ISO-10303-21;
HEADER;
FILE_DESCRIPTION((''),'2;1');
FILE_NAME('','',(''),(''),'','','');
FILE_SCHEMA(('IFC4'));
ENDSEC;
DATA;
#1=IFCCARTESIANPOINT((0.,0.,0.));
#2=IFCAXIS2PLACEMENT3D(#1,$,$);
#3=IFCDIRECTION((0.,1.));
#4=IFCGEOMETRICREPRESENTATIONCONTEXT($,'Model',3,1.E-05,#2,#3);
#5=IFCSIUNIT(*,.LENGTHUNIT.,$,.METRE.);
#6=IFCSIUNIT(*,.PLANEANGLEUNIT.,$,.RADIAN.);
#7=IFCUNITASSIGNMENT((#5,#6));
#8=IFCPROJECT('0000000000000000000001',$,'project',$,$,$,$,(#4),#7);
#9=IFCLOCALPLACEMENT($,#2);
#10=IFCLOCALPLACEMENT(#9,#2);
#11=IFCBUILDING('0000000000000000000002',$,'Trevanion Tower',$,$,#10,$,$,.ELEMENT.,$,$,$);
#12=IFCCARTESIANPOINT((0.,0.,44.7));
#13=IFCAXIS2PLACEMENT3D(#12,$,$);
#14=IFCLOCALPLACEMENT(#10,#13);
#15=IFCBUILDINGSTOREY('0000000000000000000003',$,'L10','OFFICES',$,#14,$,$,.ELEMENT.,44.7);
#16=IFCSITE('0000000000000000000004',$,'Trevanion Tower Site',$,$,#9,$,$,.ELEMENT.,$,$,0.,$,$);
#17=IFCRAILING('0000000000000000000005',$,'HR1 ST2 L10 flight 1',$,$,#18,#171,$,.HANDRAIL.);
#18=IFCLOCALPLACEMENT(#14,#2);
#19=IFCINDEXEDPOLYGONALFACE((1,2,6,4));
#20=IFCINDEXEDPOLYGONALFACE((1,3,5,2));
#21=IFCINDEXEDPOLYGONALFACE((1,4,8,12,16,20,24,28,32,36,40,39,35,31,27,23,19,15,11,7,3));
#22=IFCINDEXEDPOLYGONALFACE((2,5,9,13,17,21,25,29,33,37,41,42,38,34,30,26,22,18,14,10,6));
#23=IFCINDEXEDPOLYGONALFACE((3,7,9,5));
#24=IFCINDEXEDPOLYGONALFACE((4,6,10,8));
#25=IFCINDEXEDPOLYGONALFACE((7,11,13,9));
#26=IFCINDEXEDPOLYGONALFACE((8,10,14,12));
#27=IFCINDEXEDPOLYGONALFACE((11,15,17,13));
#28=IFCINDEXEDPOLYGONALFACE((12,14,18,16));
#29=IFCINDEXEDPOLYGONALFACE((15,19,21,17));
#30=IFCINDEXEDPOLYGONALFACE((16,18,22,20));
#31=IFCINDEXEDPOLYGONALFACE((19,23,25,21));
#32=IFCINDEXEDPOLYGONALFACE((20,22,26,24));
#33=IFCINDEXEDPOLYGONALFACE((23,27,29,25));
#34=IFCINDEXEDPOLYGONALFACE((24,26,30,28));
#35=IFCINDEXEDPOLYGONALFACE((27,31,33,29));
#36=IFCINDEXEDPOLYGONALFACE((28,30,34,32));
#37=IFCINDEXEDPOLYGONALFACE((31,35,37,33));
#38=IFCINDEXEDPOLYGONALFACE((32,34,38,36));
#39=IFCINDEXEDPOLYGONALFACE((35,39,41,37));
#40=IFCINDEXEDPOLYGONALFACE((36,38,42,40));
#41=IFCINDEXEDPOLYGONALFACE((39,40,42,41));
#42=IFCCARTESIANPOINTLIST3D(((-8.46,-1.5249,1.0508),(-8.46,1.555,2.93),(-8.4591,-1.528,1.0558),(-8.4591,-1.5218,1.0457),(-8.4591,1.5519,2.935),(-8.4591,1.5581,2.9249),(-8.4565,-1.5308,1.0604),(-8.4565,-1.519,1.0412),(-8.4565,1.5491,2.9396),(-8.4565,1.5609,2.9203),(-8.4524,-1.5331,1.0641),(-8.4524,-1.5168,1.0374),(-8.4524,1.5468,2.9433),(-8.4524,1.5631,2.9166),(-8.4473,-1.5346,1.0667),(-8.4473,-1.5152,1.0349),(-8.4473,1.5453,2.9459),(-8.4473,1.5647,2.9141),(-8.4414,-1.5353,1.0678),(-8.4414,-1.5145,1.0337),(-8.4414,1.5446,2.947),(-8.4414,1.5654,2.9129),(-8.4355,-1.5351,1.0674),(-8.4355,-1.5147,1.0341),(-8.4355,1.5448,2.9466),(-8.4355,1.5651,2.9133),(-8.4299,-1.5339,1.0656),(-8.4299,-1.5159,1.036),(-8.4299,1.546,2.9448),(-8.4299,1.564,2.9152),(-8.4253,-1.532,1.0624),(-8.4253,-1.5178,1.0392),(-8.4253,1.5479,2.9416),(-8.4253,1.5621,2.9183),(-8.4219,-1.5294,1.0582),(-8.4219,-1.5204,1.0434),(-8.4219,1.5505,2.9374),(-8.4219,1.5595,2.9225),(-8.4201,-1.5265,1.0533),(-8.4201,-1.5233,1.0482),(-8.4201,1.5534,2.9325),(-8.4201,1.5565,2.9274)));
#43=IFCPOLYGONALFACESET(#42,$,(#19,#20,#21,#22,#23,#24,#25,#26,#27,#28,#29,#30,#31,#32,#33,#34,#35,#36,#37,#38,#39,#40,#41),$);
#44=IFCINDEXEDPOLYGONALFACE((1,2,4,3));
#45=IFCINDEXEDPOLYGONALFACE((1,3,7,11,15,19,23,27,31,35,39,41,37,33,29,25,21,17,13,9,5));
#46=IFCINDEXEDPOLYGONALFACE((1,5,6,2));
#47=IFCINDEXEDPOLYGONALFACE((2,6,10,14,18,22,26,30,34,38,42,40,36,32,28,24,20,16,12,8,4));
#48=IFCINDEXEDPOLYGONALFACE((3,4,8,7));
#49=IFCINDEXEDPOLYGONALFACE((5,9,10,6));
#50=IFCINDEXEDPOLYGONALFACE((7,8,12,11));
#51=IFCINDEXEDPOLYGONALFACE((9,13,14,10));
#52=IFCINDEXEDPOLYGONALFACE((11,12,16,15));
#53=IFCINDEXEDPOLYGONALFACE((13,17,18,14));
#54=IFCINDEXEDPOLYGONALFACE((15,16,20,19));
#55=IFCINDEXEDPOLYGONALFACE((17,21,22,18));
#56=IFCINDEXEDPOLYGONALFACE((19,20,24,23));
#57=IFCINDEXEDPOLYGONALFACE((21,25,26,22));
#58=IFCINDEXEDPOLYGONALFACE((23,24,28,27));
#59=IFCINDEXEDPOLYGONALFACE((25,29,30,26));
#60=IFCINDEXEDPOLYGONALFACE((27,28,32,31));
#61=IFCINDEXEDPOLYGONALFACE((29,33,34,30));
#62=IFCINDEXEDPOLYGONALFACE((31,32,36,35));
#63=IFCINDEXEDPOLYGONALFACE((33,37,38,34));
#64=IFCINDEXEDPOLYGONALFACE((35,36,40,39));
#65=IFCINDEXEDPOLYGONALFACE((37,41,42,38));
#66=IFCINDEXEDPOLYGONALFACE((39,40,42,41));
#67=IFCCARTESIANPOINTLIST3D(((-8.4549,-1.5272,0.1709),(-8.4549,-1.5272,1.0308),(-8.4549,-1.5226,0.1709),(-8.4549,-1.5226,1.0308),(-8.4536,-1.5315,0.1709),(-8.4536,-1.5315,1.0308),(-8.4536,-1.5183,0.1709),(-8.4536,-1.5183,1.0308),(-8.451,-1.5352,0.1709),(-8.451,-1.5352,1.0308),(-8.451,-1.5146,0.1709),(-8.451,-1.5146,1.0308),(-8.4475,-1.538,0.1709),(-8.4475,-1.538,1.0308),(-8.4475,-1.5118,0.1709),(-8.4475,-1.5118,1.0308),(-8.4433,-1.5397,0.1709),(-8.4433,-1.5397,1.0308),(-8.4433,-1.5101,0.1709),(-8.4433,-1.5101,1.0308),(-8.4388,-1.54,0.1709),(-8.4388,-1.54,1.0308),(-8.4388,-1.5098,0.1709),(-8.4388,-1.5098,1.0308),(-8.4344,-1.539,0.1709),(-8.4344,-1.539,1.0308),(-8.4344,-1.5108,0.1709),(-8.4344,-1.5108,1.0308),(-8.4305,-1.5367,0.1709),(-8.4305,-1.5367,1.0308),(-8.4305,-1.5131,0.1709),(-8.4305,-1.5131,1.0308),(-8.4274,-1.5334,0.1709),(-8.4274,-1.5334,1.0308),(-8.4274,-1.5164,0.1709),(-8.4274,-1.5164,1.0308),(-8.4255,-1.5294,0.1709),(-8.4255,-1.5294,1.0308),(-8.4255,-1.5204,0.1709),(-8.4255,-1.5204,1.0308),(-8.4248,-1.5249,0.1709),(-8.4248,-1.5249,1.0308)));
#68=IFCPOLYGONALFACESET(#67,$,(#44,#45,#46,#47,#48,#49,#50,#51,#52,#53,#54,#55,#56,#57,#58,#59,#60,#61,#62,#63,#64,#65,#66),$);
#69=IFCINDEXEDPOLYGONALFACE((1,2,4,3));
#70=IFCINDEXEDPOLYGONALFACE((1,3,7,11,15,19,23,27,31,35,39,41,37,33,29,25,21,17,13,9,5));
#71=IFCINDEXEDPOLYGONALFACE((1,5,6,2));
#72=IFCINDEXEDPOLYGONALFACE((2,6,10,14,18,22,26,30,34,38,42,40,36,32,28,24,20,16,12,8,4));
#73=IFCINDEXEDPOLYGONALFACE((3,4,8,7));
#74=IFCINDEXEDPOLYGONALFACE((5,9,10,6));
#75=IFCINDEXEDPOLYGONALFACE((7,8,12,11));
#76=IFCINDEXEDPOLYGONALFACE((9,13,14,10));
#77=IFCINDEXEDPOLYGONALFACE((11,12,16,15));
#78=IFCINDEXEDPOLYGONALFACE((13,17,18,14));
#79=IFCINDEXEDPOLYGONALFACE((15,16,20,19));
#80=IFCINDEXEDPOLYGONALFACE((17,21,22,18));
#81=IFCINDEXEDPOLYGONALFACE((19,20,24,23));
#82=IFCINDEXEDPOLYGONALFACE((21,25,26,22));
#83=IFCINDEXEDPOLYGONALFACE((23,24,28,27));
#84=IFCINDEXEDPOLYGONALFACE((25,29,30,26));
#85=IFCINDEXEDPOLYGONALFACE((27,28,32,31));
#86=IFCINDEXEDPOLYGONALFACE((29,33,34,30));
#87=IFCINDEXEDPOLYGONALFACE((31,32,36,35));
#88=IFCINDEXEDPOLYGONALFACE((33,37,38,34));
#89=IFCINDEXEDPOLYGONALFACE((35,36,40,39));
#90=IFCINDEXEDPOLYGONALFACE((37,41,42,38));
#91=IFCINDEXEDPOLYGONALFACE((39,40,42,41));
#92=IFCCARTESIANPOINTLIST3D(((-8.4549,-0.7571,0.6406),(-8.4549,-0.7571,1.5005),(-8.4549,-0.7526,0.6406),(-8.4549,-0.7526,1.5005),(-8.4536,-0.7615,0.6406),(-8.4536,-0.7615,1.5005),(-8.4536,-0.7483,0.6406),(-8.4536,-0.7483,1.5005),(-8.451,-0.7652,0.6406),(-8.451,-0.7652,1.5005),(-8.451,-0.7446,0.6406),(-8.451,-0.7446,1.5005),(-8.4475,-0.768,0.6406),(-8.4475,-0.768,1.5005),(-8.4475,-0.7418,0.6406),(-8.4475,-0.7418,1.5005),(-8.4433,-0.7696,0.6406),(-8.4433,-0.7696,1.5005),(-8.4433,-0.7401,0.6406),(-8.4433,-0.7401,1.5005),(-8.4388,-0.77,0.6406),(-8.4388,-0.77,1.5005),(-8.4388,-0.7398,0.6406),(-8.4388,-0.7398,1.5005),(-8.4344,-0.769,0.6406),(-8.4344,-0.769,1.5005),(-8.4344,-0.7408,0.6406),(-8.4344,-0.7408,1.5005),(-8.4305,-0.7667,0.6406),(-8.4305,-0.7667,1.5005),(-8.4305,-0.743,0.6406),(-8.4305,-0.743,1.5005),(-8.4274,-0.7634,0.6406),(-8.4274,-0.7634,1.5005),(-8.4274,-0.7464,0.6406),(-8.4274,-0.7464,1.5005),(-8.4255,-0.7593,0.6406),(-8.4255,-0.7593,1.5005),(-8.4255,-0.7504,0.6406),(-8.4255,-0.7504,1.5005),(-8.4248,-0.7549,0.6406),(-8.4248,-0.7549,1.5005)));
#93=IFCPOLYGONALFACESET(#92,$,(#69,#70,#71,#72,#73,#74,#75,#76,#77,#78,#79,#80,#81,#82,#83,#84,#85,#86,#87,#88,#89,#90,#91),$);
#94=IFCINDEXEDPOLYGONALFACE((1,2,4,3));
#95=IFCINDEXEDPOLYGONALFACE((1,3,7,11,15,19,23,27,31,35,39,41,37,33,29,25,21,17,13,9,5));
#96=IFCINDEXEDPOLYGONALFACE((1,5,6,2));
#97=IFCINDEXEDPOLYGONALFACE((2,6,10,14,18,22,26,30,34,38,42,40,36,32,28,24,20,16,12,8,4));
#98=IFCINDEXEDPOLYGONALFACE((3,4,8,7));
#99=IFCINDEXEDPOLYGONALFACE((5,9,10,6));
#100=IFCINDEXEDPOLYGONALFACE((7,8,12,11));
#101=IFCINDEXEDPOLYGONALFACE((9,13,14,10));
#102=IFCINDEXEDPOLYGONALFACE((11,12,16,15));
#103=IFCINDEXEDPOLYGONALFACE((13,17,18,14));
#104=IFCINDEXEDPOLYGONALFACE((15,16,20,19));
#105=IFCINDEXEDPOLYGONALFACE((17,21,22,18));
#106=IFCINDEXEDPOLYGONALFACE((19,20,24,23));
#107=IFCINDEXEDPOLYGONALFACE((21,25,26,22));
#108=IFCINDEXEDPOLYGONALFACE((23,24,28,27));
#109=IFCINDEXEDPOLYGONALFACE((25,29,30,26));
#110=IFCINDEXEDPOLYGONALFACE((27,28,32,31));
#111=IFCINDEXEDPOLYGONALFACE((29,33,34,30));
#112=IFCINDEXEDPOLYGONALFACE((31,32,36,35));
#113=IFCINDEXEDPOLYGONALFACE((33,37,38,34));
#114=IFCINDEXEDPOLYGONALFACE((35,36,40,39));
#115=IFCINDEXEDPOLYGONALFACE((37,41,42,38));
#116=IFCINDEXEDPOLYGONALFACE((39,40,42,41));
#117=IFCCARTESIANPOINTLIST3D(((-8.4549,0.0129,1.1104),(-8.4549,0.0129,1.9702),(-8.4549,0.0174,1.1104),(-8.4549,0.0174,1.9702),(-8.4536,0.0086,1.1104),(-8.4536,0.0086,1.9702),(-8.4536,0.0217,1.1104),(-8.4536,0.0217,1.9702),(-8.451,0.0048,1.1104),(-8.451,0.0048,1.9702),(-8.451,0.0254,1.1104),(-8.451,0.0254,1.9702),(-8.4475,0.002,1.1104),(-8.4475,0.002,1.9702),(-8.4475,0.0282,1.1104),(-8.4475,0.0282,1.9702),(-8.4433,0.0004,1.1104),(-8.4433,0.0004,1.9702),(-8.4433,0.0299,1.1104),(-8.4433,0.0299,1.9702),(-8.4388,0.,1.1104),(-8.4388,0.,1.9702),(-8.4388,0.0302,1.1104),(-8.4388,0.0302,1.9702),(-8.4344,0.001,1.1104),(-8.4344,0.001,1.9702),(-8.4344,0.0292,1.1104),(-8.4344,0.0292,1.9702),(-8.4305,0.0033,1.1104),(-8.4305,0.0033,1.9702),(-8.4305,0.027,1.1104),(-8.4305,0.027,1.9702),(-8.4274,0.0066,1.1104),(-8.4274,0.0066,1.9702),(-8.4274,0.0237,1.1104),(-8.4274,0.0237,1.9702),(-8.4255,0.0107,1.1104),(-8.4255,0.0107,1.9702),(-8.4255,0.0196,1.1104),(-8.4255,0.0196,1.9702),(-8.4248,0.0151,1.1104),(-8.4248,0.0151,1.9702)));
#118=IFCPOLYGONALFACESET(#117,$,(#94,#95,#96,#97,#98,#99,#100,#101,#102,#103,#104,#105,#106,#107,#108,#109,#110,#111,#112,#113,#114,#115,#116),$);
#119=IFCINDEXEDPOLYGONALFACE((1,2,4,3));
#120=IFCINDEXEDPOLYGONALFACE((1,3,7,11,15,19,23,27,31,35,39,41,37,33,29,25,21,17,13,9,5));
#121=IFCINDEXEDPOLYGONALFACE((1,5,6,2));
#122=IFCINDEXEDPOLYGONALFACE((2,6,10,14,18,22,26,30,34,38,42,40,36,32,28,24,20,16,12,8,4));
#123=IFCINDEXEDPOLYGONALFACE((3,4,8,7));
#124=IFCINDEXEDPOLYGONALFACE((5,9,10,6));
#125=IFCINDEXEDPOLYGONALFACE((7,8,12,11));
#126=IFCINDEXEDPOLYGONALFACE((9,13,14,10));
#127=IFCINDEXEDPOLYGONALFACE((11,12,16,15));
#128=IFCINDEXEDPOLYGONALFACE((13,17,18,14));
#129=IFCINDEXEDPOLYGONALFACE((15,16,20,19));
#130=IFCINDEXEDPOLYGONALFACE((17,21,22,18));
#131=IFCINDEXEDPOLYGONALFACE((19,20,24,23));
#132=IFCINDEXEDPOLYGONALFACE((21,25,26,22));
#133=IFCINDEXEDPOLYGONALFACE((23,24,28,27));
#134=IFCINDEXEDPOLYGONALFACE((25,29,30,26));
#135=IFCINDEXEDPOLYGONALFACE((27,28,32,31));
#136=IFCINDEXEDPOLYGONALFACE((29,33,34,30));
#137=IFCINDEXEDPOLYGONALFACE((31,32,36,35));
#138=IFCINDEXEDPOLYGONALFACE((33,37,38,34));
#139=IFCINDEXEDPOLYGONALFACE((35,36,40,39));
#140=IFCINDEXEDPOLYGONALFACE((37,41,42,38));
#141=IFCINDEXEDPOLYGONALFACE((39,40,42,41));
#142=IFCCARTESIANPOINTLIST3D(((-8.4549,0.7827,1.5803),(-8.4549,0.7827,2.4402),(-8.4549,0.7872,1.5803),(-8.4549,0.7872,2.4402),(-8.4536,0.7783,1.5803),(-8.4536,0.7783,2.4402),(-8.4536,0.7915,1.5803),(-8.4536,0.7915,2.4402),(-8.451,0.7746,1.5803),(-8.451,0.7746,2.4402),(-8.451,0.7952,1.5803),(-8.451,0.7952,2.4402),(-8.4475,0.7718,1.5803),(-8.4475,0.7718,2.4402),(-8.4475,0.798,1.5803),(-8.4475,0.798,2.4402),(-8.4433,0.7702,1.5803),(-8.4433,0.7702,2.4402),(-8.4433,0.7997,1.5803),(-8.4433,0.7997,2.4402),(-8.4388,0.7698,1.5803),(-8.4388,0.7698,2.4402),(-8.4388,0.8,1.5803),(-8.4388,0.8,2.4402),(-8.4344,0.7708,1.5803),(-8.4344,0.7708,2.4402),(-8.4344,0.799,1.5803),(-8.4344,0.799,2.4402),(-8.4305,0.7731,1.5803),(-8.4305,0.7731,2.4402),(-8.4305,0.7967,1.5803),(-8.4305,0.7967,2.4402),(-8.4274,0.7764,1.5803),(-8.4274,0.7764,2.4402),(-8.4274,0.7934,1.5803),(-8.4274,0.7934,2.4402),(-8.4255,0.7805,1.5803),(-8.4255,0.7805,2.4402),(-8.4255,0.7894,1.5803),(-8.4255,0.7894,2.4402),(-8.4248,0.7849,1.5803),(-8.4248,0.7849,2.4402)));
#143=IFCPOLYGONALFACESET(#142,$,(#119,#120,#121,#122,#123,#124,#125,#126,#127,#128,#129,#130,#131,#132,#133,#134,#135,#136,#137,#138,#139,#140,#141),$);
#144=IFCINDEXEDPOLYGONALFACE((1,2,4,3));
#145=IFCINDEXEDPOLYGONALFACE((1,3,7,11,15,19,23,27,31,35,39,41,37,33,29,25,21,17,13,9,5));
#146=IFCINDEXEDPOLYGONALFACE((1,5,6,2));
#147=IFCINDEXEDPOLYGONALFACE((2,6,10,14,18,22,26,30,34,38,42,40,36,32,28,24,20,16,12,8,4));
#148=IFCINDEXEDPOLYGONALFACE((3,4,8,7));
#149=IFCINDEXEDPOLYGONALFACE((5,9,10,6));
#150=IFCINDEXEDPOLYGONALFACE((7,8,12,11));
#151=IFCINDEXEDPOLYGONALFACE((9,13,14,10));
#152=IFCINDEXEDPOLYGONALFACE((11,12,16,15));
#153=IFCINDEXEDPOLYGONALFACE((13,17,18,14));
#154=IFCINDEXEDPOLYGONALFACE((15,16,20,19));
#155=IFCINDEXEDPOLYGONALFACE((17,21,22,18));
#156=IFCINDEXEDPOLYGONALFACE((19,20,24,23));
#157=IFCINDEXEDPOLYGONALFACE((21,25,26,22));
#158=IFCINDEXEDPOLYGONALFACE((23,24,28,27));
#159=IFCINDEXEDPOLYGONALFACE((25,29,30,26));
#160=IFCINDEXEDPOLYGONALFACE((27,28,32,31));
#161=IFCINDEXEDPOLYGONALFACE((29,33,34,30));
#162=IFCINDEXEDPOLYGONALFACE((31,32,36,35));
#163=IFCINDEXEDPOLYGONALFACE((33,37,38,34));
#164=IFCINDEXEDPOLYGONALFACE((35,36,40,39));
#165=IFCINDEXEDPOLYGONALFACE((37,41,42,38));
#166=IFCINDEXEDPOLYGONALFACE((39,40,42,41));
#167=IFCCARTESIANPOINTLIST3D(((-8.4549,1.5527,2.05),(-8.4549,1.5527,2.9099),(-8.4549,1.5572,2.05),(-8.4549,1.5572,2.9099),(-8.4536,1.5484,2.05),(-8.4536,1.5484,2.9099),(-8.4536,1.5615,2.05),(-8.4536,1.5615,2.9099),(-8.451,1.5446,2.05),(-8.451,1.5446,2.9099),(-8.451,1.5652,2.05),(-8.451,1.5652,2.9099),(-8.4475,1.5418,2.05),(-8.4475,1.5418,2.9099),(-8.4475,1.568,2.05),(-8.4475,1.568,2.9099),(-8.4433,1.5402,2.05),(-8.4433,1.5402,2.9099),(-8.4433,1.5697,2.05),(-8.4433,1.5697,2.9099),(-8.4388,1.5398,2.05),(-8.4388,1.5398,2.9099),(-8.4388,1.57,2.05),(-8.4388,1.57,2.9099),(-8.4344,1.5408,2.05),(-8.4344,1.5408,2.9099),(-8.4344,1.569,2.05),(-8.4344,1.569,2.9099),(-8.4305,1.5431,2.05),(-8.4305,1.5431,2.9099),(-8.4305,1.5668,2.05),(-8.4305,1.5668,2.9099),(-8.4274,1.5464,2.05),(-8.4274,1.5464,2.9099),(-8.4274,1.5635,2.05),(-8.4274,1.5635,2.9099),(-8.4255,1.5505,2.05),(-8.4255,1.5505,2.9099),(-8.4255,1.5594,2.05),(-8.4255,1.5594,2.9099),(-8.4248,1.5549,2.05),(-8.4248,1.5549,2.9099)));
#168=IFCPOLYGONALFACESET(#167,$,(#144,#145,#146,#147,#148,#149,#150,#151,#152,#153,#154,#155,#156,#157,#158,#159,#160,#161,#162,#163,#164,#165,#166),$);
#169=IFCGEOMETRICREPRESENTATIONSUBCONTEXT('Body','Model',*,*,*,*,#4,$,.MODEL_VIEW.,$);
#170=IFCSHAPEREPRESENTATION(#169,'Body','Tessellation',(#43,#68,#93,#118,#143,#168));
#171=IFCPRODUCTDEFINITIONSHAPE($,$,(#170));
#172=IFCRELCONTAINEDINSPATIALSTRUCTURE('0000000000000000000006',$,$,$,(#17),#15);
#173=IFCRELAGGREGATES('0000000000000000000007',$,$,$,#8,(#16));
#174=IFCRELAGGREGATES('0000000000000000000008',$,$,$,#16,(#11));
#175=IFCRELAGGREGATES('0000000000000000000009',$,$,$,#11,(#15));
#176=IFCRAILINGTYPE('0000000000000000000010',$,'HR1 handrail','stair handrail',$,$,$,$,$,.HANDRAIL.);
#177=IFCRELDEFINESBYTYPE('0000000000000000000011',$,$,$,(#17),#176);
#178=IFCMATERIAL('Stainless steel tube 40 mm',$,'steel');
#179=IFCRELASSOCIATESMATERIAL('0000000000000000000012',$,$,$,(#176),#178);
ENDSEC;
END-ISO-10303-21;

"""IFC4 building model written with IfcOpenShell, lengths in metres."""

from ifc_helpers import new_model, si_unit, direction, frame, origin, origin_2d, place, context, subcontext, project, spatial, circle, extrude, material, type_object, element, save


model = new_model("IFC4")

# Units and contexts
model_context = context("Model", 3, precision=1e-05, world=origin(), true_north=direction((0.0, 1.0)))
body_context = subcontext(model_context, "Body", "Model", "MODEL_VIEW")
ifc_project = project(units=[si_unit("LENGTHUNIT", "METRE"), si_unit("PLANEANGLEUNIT", "RADIAN")], contexts=[model_context])

# Site, building, storey
site_placement = place(None, origin())
site = spatial("IfcSite", under=ifc_project, at=site_placement, Name="Trevanion Tower Site", CompositionType="ELEMENT", RefElevation=0.0)
building_placement = place(site_placement, origin())
building = spatial("IfcBuilding", under=site, at=building_placement, Name="Trevanion Tower", CompositionType="ELEMENT")
storey_placement = place(building_placement, frame((0.0, 0.0, 44.7)))
storey = spatial("IfcBuildingStorey", under=building, at=storey_placement, Name="L10", Description="OFFICES", CompositionType="ELEMENT", Elevation=44.7)

# Railing
ifc_material_1 = material(Name="Stainless steel tube 40 mm", Category="steel")
railing_type = type_object("IfcRailingType", Name="HR1 handrail", Description="stair handrail", PredefinedType="HANDRAIL", material=ifc_material_1)
for number, where, name in (
    (1, (-8.4399, -1.5249, 0.1709), "HR1 ST2 L10 flight 1"),
):
    element("IfcRailing", number, at=place(storey_placement, frame(where)), inside=storey, type_object=railing_type, Name=name, PredefinedType="HANDRAIL", context=body_context, shape_type="SweptSolid", body=[
        extrude(circle(Radius=0.02, at=origin_2d()), frame((0.0, 0.0, 0.8799), z_axis=(0.0, 0.853648, 0.52085), x_axis=(-1.0, 0.0, 0.0)), (0.0, 0.0, 1.0), 3.6079),
        extrude(circle(Radius=0.0151, at=origin_2d()), origin(), (0.0, 0.0, 1.0), 0.8599),
        extrude(circle(Radius=0.0151, at=origin_2d()), frame((0.0, 0.77, 0.4697)), (0.0, 0.0, 1.0), 0.8599),
        extrude(circle(Radius=0.0151, at=origin_2d()), frame((0.0, 1.54, 0.9395)), (0.0, 0.0, 1.0), 0.8599),
        extrude(circle(Radius=0.0151, at=origin_2d()), frame((0.0, 2.3098, 1.4094)), (0.0, 0.0, 1.0), 0.8599),
        extrude(circle(Radius=0.0151, at=origin_2d()), frame((0.0, 3.0798, 1.8792)), (0.0, 0.0, 1.0), 0.8599),
    ])

save(model, "model.ifc")
